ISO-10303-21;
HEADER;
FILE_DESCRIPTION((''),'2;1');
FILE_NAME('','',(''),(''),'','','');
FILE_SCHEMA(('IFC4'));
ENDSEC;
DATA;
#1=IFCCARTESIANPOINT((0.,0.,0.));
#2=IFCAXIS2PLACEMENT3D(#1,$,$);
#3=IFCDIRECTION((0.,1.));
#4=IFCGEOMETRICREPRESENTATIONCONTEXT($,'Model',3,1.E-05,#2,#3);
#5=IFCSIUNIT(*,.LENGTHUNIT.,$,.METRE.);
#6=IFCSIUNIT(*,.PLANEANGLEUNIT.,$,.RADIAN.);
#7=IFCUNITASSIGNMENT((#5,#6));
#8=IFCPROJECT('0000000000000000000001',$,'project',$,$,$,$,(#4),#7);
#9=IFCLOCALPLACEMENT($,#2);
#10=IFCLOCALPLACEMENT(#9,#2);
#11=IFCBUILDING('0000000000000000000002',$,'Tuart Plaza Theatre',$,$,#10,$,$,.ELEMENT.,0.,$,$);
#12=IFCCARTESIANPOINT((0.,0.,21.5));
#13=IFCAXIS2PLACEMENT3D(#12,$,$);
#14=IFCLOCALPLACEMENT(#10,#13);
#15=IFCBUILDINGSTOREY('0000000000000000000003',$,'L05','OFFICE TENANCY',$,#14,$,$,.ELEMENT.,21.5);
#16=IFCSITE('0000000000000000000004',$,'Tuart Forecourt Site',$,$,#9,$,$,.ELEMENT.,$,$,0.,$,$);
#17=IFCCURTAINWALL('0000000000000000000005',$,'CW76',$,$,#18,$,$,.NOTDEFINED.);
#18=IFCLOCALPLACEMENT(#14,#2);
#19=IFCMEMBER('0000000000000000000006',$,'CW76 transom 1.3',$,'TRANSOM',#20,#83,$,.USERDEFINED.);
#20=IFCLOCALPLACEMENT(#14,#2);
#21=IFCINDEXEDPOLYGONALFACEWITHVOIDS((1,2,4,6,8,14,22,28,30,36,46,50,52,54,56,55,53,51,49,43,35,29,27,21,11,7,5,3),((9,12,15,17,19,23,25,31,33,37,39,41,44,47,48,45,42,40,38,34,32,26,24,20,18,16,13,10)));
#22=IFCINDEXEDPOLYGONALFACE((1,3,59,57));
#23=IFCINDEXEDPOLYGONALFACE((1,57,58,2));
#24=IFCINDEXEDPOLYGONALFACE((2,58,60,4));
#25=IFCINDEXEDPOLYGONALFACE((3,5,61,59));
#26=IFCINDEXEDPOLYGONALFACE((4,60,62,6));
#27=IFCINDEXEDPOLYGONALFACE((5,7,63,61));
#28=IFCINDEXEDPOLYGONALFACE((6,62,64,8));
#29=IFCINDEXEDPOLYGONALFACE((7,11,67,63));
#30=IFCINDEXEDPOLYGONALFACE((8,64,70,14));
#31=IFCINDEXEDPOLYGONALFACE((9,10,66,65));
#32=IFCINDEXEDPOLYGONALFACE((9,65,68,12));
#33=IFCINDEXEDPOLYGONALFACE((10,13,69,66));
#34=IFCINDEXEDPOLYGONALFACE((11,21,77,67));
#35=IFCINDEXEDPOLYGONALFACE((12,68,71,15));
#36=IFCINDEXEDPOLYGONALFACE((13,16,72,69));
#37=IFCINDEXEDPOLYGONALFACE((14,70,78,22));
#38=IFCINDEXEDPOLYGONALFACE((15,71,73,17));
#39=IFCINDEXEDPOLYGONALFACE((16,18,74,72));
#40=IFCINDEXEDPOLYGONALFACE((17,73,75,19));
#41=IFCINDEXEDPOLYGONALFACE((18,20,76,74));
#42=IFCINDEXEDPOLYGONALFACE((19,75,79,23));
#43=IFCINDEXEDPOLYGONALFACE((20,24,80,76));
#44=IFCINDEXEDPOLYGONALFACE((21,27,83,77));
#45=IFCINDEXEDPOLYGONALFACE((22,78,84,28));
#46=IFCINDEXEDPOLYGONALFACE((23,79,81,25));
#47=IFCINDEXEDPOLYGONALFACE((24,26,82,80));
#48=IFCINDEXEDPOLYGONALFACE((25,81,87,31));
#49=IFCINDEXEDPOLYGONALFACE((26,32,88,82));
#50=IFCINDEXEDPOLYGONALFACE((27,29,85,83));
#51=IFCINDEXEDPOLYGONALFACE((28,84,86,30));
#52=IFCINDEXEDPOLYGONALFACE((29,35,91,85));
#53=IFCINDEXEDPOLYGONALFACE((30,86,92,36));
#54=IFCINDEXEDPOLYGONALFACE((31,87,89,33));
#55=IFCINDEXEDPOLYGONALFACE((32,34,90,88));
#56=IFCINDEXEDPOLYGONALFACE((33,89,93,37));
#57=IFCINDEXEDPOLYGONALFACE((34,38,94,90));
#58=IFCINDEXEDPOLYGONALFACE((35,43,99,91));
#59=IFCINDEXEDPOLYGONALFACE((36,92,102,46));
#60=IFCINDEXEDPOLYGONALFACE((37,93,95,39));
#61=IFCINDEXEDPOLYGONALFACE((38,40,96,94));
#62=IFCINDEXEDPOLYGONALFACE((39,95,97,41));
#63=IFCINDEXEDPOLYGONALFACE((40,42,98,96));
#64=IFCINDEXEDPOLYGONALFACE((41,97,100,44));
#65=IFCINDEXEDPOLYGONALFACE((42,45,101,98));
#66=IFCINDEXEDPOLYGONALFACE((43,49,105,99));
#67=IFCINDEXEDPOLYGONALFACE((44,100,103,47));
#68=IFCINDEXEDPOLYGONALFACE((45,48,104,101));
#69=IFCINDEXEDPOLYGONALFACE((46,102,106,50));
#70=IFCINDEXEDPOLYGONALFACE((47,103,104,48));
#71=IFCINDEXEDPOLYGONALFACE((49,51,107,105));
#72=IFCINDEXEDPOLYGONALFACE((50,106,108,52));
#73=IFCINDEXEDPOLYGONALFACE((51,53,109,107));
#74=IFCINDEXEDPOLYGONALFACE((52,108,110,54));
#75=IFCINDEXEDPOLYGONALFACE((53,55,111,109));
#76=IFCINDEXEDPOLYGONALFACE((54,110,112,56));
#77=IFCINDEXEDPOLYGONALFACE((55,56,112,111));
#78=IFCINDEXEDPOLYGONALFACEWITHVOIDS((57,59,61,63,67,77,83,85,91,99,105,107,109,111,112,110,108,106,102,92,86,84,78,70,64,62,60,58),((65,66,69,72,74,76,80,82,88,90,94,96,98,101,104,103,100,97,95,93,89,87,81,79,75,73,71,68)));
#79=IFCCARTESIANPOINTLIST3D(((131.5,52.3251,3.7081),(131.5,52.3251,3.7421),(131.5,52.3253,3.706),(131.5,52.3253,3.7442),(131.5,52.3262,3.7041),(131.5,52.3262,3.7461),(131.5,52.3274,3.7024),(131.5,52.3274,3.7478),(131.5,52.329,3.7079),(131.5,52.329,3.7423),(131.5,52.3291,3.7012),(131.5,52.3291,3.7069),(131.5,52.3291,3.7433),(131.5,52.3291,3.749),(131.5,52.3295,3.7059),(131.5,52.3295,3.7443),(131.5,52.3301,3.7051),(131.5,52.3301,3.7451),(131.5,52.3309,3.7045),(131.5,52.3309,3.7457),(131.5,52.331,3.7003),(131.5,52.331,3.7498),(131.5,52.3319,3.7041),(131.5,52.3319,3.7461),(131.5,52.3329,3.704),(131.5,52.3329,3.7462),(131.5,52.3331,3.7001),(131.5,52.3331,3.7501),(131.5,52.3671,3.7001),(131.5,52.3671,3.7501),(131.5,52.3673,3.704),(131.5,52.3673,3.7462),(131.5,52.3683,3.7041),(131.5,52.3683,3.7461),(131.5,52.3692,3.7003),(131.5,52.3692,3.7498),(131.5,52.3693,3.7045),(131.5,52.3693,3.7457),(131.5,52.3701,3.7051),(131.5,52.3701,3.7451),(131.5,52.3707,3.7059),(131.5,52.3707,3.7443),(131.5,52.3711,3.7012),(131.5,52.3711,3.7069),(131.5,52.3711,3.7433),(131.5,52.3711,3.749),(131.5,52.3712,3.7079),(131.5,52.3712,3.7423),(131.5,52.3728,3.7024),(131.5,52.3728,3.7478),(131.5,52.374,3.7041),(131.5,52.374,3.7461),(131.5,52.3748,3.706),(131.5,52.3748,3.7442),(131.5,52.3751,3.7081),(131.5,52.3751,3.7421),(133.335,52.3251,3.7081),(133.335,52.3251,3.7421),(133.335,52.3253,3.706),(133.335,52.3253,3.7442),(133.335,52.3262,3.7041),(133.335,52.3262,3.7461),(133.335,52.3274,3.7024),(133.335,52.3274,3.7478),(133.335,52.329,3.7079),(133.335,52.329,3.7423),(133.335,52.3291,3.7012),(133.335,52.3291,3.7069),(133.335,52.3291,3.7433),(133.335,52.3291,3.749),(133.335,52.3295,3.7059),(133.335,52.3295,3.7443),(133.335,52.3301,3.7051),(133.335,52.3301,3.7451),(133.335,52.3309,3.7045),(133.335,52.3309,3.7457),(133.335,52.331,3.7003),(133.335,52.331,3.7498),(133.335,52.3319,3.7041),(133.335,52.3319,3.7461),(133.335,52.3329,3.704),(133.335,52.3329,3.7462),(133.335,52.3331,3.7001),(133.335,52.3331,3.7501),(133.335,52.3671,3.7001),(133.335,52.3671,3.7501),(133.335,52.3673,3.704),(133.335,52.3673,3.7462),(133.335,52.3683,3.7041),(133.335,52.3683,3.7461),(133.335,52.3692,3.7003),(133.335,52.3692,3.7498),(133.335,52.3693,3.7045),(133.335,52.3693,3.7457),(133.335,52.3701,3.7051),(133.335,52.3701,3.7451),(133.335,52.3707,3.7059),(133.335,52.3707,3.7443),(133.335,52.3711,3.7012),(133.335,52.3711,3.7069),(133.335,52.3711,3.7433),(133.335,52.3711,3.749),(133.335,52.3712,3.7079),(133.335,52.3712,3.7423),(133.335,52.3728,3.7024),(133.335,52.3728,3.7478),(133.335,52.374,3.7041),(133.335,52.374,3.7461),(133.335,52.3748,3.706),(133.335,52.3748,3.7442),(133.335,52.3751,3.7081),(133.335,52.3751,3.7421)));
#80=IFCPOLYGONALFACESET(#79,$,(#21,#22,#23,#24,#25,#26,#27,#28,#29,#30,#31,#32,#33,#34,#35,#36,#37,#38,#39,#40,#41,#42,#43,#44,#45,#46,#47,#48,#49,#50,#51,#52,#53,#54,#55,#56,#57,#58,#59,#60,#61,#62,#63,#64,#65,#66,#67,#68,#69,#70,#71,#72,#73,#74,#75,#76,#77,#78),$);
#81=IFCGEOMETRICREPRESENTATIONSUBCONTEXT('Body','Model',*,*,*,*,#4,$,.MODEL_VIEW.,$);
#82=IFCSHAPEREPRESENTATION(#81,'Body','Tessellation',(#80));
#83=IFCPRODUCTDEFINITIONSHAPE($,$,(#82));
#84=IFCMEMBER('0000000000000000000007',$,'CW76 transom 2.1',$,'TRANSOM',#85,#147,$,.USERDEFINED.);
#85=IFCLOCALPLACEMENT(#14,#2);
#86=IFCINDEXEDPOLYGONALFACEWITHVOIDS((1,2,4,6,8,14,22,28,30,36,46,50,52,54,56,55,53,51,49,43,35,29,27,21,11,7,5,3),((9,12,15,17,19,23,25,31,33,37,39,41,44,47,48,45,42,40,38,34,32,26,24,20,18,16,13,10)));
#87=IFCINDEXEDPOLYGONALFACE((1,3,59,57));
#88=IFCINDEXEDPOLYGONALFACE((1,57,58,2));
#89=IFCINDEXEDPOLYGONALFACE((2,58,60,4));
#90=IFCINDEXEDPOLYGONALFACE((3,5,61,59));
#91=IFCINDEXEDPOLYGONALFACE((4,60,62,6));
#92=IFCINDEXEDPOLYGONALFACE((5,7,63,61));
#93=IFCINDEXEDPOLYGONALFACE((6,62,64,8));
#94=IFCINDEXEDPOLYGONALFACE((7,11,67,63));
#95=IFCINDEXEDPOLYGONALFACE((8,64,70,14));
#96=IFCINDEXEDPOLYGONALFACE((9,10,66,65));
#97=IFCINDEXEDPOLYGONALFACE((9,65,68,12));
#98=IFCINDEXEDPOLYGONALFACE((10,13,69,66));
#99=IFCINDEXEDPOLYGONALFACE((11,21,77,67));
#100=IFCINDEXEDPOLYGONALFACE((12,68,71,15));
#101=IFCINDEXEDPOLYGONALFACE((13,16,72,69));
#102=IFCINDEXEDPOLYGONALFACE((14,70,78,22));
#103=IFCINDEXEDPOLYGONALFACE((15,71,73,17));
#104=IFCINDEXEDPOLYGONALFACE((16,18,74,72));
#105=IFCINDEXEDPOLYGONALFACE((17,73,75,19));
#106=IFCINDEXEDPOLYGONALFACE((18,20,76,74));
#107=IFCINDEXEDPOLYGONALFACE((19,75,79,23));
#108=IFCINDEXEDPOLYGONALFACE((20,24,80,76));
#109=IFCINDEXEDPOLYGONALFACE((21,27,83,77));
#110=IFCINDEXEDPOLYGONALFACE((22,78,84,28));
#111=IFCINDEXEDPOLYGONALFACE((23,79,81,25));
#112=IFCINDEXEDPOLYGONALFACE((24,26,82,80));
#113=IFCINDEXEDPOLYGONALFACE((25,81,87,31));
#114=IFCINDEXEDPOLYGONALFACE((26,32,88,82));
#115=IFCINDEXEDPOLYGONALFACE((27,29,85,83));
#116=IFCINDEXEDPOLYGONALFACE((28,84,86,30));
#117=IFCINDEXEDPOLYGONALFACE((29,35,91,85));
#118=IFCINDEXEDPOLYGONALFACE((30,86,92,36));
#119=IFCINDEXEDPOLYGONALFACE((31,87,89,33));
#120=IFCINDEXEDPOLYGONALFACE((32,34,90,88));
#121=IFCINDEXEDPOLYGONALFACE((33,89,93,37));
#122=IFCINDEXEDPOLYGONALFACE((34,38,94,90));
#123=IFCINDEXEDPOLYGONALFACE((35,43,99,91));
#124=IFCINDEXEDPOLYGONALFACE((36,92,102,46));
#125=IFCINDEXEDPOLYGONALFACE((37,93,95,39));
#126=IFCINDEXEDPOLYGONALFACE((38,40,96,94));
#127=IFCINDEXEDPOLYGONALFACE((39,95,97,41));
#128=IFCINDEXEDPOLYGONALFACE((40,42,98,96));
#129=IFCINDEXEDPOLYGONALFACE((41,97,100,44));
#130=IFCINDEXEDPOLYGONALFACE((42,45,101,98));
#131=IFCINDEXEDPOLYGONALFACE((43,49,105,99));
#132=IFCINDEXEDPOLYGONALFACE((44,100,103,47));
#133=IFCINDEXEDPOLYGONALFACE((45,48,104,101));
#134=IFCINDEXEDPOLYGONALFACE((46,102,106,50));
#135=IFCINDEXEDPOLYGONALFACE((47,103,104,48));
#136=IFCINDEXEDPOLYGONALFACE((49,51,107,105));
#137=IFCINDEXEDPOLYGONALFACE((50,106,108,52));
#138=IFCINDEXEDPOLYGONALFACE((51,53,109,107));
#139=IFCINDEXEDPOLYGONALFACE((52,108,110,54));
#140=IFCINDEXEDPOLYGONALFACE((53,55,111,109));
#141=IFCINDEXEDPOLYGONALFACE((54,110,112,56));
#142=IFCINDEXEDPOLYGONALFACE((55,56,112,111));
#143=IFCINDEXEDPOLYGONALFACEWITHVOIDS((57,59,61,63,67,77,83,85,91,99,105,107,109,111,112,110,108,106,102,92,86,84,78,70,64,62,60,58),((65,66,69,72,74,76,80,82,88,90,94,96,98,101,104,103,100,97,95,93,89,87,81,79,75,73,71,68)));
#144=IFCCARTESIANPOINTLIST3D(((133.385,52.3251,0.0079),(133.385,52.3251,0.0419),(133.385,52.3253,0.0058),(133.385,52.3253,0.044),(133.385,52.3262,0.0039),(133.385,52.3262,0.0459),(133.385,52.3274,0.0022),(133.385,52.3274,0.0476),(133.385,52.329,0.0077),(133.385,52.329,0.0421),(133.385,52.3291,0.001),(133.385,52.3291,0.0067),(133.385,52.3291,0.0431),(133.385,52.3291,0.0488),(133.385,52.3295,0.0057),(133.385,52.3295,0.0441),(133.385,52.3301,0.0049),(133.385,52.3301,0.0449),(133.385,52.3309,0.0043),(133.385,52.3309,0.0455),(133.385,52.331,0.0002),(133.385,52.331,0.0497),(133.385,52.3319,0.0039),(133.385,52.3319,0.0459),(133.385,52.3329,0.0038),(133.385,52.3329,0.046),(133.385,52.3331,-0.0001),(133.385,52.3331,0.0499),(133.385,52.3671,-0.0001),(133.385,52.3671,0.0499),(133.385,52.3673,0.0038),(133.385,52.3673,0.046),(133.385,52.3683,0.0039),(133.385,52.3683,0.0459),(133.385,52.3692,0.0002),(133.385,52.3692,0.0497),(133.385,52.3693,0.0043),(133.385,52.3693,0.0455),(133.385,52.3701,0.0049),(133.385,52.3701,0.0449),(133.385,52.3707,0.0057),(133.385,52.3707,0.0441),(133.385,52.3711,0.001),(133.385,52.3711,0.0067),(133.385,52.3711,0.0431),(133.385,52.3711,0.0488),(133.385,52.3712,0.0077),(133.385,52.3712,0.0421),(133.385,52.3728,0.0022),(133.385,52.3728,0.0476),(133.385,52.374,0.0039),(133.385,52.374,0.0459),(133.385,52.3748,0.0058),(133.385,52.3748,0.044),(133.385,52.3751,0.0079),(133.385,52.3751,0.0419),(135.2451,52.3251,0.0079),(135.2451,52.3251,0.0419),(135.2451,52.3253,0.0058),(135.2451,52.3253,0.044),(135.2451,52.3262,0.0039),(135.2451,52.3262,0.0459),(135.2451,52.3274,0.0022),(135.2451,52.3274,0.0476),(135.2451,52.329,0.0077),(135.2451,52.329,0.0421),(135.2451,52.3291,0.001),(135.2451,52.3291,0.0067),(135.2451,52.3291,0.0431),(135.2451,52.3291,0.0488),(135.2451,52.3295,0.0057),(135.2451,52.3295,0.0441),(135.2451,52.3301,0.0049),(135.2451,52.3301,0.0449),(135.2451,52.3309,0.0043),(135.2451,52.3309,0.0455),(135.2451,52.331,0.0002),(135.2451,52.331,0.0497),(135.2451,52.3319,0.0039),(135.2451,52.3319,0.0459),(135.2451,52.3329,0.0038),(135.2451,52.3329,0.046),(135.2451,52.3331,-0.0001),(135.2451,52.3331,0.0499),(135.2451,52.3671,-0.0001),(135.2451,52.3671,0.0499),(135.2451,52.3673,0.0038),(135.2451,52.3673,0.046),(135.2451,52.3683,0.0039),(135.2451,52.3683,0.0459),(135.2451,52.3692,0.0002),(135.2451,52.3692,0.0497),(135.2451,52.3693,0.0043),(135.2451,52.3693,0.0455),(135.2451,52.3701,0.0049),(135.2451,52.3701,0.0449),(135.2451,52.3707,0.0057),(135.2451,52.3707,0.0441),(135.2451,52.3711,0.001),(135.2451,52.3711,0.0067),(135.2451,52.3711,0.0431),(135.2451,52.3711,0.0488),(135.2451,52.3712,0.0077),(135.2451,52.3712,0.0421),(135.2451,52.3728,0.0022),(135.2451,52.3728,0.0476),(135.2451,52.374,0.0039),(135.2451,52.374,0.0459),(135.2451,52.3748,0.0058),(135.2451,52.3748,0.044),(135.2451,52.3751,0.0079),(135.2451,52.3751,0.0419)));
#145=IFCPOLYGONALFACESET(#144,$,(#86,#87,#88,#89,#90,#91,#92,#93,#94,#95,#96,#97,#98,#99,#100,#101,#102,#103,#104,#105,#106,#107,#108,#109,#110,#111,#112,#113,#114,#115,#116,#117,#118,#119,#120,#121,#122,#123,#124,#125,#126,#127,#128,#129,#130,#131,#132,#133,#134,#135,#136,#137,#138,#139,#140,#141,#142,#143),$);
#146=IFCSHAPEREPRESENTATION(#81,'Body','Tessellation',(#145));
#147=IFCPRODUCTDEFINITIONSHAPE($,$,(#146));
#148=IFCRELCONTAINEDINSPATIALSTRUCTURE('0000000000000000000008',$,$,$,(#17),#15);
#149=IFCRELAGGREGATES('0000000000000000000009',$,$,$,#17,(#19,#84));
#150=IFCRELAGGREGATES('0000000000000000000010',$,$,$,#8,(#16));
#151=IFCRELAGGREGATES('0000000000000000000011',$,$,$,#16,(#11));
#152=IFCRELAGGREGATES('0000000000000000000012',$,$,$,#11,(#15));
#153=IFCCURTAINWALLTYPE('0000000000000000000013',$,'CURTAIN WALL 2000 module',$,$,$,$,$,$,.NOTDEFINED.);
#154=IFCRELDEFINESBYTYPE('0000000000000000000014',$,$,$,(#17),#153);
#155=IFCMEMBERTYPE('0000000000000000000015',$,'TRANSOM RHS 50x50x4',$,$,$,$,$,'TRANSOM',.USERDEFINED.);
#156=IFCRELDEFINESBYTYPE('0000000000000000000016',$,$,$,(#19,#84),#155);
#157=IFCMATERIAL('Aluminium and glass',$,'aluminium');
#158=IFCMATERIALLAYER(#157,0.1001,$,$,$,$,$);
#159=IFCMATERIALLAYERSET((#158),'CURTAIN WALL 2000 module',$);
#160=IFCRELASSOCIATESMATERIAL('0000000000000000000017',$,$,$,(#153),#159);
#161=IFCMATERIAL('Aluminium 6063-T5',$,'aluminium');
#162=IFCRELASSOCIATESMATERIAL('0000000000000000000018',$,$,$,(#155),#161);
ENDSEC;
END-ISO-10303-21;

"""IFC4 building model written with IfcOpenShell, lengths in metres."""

from ifc_helpers import new_model, si_unit, direction, frame, origin, origin_2d, place, context, subcontext, project, spatial, hollow_rectangle, extrude, material, layer, layer_set, material_profile, profile_set, type_object, element, aggregate, save


model = new_model("IFC4")

# Units and contexts
model_context = context("Model", 3, precision=1e-05, world=origin(), true_north=direction((0.0, 1.0)))
body_context = subcontext(model_context, "Body", "Model", "MODEL_VIEW")
ifc_project = project(units=[si_unit("LENGTHUNIT", "METRE"), si_unit("PLANEANGLEUNIT", "RADIAN")], contexts=[model_context])

# Site, building, storey
site_placement = place(None, origin())
site = spatial("IfcSite", under=ifc_project, at=site_placement, Name="Tuart Forecourt Site", CompositionType="ELEMENT", RefElevation=0.0)
building_placement = place(site_placement, origin())
building = spatial("IfcBuilding", under=site, at=building_placement, Name="Tuart Plaza Theatre", CompositionType="ELEMENT", ElevationOfRefHeight=0.0)
storey_placement = place(building_placement, frame((0.0, 0.0, 21.5)))
storey = spatial("IfcBuildingStorey", under=building, at=storey_placement, Name="L05", Description="OFFICE TENANCY", CompositionType="ELEMENT", Elevation=21.5)

# Curtain wall, members
ifc_material_1 = material(Name="Aluminium and glass", Category="aluminium")
ifc_layer_1 = layer(ifc_material_1, 0.1001)
ifc_layer_set_1 = layer_set([ifc_layer_1], Name="CURTAIN WALL 2000 module")
curtain_wall_type = type_object("IfcCurtainWallType", Name="CURTAIN WALL 2000 module", PredefinedType="NOTDEFINED", material=ifc_layer_set_1)
curtain_wall_placement = place(storey_placement, origin())
curtain_wall = element("IfcCurtainWall", 1, at=curtain_wall_placement, inside=storey, type_object=curtain_wall_type, Name="CW76", PredefinedType="NOTDEFINED")
ifc_material_2 = material(Name="Aluminium 6063-T5", Category="aluminium")
ifc_material_profile_1 = material_profile(ifc_material_2, hollow_rectangle(XDim=0.05, YDim=0.05, WallThickness=0.0039, InnerFilletRadius=0.0039, OuterFilletRadius=0.0081, at=origin_2d()), Name="RHS 50x50x4")
ifc_profile_set_1 = profile_set([ifc_material_profile_1], Name="Aluminium 6063-T5")
member_type_1 = type_object("IfcMemberType", Name="TRANSOM RHS 50x50x4", ElementType="TRANSOM", PredefinedType="USERDEFINED", material=ifc_profile_set_1)
member_1_placement = place(storey_placement, frame((131.5, 52.3501, 3.7251), z_axis=(1.0, 0.0, 0.0), x_axis=(0.0, 1.0, 0.0)))
member_1 = element("IfcMember", 2, at=member_1_placement, type_object=member_type_1, Name="CW76 transom 1.3", ObjectType="TRANSOM", PredefinedType="USERDEFINED", context=body_context, shape_type="SweptSolid", body=[
    extrude(hollow_rectangle(XDim=0.05, YDim=0.05, WallThickness=0.0039, InnerFilletRadius=0.0039, OuterFilletRadius=0.0081, at=origin_2d()), origin(), (0.0, 0.0, 1.0), 1.835),
])
member_2_placement = place(storey_placement, frame((133.385, 52.3501, 0.0249), z_axis=(1.0, 0.0, 0.0), x_axis=(0.0, 1.0, 0.0)))
member_2 = element("IfcMember", 3, at=member_2_placement, type_object=member_type_1, Name="CW76 transom 2.1", ObjectType="TRANSOM", PredefinedType="USERDEFINED", context=body_context, shape_type="SweptSolid", body=[
    extrude(hollow_rectangle(XDim=0.05, YDim=0.05, WallThickness=0.0039, InnerFilletRadius=0.0039, OuterFilletRadius=0.0081, at=origin_2d()), origin(), (0.0, 0.0, 1.0), 1.8601),
])
aggregate(curtain_wall, [member_1, member_2])

save(model, "model.ifc")
